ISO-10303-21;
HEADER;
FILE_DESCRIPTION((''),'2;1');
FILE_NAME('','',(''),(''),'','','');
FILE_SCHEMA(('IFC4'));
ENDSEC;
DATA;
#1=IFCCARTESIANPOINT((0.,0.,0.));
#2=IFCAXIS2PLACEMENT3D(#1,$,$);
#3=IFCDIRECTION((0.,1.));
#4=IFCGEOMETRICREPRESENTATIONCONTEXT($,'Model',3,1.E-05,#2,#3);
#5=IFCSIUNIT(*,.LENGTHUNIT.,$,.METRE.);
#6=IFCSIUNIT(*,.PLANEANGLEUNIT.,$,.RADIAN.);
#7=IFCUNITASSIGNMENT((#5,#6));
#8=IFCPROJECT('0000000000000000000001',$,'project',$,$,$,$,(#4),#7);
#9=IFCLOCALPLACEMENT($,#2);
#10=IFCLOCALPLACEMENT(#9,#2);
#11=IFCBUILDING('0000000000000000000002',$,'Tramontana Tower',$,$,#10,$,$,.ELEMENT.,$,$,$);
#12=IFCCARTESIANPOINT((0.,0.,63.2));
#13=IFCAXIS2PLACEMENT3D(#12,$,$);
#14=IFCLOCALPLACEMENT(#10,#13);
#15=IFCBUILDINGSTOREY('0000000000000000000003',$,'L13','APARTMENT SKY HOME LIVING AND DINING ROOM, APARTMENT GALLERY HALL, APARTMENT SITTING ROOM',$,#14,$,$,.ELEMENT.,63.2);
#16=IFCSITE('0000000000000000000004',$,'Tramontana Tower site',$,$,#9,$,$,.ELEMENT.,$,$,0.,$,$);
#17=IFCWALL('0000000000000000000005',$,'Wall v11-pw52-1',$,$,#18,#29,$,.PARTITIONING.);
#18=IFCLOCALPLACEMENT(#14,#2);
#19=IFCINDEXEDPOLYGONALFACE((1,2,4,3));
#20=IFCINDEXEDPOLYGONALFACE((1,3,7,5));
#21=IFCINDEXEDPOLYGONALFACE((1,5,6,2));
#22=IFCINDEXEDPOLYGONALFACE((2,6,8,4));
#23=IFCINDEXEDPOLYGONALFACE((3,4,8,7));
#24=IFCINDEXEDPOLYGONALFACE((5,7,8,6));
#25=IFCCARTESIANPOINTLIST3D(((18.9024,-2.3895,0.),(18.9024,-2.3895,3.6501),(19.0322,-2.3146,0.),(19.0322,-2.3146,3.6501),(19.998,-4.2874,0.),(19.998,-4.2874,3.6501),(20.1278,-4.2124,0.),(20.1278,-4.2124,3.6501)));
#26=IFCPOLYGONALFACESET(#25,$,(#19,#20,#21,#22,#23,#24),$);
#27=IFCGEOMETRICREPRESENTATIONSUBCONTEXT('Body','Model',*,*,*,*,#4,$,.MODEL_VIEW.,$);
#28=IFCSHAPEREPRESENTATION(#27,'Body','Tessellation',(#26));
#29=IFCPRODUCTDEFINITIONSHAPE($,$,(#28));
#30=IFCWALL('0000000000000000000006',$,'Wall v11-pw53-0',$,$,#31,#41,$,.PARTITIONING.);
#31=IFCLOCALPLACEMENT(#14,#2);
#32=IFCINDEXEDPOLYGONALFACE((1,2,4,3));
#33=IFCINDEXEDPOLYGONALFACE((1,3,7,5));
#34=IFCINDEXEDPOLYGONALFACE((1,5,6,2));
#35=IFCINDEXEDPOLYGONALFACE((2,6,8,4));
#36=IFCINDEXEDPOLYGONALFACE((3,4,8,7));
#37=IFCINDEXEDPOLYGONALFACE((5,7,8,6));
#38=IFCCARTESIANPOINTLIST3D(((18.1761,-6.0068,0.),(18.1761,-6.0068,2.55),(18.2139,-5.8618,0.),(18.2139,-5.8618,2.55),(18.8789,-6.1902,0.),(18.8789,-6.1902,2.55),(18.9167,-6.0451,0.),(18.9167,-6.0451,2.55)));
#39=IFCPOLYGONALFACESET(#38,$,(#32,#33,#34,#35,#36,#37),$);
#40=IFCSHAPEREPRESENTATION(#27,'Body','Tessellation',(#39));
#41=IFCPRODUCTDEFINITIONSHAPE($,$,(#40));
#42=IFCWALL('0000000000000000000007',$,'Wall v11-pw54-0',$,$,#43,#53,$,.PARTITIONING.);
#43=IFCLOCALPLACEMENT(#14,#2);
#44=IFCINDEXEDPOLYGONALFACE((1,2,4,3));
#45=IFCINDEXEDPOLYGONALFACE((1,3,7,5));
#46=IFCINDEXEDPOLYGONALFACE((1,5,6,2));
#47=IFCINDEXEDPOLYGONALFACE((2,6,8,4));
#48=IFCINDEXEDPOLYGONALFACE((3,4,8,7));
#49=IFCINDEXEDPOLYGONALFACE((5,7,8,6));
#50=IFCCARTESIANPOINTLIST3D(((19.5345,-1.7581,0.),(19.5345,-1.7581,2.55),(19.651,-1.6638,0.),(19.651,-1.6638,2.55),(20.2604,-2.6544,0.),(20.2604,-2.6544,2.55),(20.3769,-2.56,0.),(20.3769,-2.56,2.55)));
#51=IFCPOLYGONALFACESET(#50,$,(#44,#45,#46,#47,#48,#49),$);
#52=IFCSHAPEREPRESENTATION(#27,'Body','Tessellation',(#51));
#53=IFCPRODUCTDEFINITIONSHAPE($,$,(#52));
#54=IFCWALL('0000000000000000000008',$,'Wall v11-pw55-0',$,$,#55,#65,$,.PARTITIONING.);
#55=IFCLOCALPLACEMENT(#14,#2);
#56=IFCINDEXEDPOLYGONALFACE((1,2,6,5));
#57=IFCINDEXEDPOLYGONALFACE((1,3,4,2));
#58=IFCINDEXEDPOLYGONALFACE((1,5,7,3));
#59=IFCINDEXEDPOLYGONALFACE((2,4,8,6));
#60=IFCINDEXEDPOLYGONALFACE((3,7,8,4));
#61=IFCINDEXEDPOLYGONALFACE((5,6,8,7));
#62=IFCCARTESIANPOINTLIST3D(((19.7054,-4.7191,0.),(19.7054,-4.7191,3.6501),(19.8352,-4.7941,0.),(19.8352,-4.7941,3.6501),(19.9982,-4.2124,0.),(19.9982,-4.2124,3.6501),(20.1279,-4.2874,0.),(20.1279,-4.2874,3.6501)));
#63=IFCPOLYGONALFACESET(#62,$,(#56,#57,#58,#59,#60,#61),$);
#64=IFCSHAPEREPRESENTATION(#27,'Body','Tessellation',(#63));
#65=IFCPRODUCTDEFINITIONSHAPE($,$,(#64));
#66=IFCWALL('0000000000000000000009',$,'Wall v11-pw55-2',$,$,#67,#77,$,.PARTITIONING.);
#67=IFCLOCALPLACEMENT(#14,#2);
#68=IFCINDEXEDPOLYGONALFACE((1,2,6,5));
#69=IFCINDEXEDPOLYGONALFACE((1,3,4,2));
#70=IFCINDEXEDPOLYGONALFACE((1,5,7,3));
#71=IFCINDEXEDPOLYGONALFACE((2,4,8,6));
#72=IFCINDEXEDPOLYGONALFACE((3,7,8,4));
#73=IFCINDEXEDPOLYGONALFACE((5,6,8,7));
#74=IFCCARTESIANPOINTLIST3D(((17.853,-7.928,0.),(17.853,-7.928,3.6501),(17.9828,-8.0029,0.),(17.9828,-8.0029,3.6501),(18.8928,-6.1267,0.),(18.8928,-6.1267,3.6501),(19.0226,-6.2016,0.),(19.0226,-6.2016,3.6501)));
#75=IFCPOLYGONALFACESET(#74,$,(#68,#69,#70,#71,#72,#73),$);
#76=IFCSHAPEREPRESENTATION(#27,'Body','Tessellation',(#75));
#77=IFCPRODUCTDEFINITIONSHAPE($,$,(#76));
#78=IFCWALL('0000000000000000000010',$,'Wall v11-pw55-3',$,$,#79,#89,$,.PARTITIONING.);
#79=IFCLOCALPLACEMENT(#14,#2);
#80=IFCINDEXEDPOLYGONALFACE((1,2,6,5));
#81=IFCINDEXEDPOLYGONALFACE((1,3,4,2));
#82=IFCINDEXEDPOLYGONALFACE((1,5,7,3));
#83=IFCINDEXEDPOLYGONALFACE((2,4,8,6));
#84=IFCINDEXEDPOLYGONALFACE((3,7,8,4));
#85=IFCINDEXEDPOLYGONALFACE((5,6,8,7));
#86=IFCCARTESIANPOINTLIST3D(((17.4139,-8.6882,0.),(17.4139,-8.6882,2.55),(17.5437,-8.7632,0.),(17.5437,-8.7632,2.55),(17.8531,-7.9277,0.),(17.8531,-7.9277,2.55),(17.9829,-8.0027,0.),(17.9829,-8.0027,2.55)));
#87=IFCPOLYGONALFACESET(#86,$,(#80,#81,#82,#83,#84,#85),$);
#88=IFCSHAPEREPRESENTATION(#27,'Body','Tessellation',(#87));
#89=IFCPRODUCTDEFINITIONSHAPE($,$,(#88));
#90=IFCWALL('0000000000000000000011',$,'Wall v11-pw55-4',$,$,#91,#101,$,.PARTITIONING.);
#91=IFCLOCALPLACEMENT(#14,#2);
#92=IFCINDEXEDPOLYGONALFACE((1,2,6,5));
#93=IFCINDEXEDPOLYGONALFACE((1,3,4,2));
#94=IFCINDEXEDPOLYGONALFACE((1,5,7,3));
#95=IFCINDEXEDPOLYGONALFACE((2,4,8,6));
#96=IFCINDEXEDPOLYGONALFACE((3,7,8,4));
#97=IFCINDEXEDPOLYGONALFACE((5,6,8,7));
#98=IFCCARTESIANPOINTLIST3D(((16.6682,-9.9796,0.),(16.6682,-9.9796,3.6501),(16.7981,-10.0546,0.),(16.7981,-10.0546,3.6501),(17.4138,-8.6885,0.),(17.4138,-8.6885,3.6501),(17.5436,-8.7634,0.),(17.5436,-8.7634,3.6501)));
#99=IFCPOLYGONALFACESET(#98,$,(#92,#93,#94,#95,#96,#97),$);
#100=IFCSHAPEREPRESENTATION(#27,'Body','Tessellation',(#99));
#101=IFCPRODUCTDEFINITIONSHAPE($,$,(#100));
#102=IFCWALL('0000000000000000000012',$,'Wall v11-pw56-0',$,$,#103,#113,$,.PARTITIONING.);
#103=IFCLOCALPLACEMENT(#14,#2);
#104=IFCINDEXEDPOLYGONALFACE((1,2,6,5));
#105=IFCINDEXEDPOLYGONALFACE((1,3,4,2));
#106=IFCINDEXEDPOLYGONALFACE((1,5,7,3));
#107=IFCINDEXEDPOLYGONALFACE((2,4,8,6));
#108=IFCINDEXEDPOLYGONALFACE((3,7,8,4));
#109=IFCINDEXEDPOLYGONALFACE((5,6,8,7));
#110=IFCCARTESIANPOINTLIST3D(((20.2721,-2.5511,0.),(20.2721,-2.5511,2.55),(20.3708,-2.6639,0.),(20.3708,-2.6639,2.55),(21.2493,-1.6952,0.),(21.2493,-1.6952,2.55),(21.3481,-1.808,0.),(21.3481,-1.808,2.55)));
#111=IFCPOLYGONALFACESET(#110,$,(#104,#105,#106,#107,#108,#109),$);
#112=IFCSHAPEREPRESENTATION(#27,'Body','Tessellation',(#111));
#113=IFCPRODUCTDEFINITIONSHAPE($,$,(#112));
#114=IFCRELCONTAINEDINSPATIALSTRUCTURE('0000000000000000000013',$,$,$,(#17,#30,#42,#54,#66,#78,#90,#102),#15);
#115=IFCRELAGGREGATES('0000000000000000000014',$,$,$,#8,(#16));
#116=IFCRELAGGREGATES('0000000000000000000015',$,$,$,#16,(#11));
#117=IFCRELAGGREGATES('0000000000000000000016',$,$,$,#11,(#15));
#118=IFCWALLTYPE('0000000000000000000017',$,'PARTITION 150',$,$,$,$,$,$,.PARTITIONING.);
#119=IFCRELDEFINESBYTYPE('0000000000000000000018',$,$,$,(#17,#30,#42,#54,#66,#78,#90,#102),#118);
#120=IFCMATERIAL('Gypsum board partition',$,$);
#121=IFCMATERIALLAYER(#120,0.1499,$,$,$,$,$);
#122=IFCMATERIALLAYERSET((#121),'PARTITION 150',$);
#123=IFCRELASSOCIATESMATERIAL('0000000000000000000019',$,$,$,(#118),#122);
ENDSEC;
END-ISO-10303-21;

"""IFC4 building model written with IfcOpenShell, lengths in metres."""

from ifc_helpers import new_model, si_unit, direction, frame, frame_2d, origin, place, context, subcontext, project, spatial, rectangle, extrude, material, layer, layer_set, type_object, element, save


model = new_model("IFC4")

# Units and contexts
model_context = context("Model", 3, precision=1e-05, world=origin(), true_north=direction((0.0, 1.0)))
body_context = subcontext(model_context, "Body", "Model", "MODEL_VIEW")
ifc_project = project(units=[si_unit("LENGTHUNIT", "METRE"), si_unit("PLANEANGLEUNIT", "RADIAN")], contexts=[model_context])

# Site, building, storey
site_placement = place(None, origin())
site = spatial("IfcSite", under=ifc_project, at=site_placement, Name="Tramontana Tower site", CompositionType="ELEMENT", RefElevation=0.0)
building_placement = place(site_placement, origin())
building = spatial("IfcBuilding", under=site, at=building_placement, Name="Tramontana Tower", CompositionType="ELEMENT")
storey_placement = place(building_placement, frame((0.0, 0.0, 63.2)))
storey = spatial("IfcBuildingStorey", under=building, at=storey_placement, Name="L13", Description="APARTMENT SKY HOME LIVING AND DINING ROOM, APARTMENT GALLERY HALL, APARTMENT SITTING ROOM", CompositionType="ELEMENT", Elevation=63.2)

# Shared definitions
ifc_material_1 = material(Name="Gypsum board partition")
ifc_layer_1 = layer(ifc_material_1, 0.1499)
ifc_layer_set_1 = layer_set([ifc_layer_1], Name="PARTITION 150")
wall_type_1 = type_object("IfcWallType", Name="PARTITION 150", PredefinedType="PARTITIONING", material=ifc_layer_set_1)

# Walls
wall_1_placement = place(storey_placement, frame((18.9673, -2.3521, 0.0), z_axis=(0.0, 0.0, 1.0), x_axis=(0.499973, -0.866041, 0.0)))
element("IfcWall", 1, at=wall_1_placement, inside=storey, type_object=wall_type_1, Name="Wall v11-pw52-1", PredefinedType="PARTITIONING", context=body_context, shape_type="SweptSolid", body=[
    extrude(rectangle(XDim=2.1914, YDim=0.1499, at=frame_2d((1.0957, 0.0))), origin(), (0.0, 0.0, 1.0), 3.6501),
])
wall_2_placement = place(storey_placement, frame((18.8979, -6.1177, 0.0), z_axis=(0.0, 0.0, 1.0), x_axis=(-0.967621, 0.252408, 0.0)))
element("IfcWall", 2, at=wall_2_placement, inside=storey, type_object=wall_type_1, Name="Wall v11-pw53-0", PredefinedType="PARTITIONING", context=body_context, shape_type="SweptSolid", body=[
    extrude(rectangle(XDim=0.7263, YDim=0.1499, at=frame_2d((0.3633, 0.0))), origin(), (0.0, 0.0, 1.0), 2.55),
])

# Walls
wall_3_placement = place(storey_placement, frame((19.5928, -1.7109, 0.0), z_axis=(0.0, 0.0, 1.0), x_axis=(0.629357, -0.777117, 0.0)))
element("IfcWall", 3, at=wall_3_placement, inside=storey, type_object=wall_type_1, Name="Wall v11-pw54-0", PredefinedType="PARTITIONING", context=body_context, shape_type="SweptSolid", body=[
    extrude(rectangle(XDim=1.1533, YDim=0.1499, at=frame_2d((0.5767, 0.0))), origin(), (0.0, 0.0, 1.0), 2.55),
])
wall_4_placement = place(storey_placement, frame((20.063, -4.25, 0.0), z_axis=(0.0, 0.0, 1.0), x_axis=(-0.500312, -0.865845, 0.0)))
element("IfcWall", 4, at=wall_4_placement, inside=storey, type_object=wall_type_1, Name="Wall v11-pw55-0", PredefinedType="PARTITIONING", context=body_context, shape_type="SweptSolid", body=[
    extrude(rectangle(XDim=0.5852, YDim=0.1499, at=frame_2d((0.2925, 0.0))), origin(), (0.0, 0.0, 1.0), 3.6501),
])

# Walls
wall_5_placement = place(storey_placement, frame((18.9578, -6.1641, 0.0), z_axis=(0.0, 0.0, 1.0), x_axis=(-0.499939, -0.86606, 0.0)))
element("IfcWall", 5, at=wall_5_placement, inside=storey, type_object=wall_type_1, Name="Wall v11-pw55-2", PredefinedType="PARTITIONING", context=body_context, shape_type="SweptSolid", body=[
    extrude(rectangle(XDim=2.0798, YDim=0.1499, at=frame_2d((1.04, 0.0))), origin(), (0.0, 0.0, 1.0), 3.6501),
])
wall_6_placement = place(storey_placement, frame((17.918, -7.9653, 0.0), z_axis=(0.0, 0.0, 1.0), x_axis=(-0.500115, -0.865959, 0.0)))
element("IfcWall", 6, at=wall_6_placement, inside=storey, type_object=wall_type_1, Name="Wall v11-pw55-3", PredefinedType="PARTITIONING", context=body_context, shape_type="SweptSolid", body=[
    extrude(rectangle(XDim=0.8782, YDim=0.1499, at=frame_2d((0.439, 0.0))), origin(), (0.0, 0.0, 1.0), 2.55),
])
wall_7_placement = place(storey_placement, frame((17.4788, -8.7258, 0.0), z_axis=(0.0, 0.0, 1.0), x_axis=(-0.500048, -0.865997, 0.0)))
element("IfcWall", 7, at=wall_7_placement, inside=storey, type_object=wall_type_1, Name="Wall v11-pw55-4", PredefinedType="PARTITIONING", context=body_context, shape_type="SweptSolid", body=[
    extrude(rectangle(XDim=1.491, YDim=0.1499, at=frame_2d((0.7456, 0.0))), origin(), (0.0, 0.0, 1.0), 3.6501),
])
wall_8_placement = place(storey_placement, frame((20.3215, -2.6074, 0.0), z_axis=(0.0, 0.0, 1.0), x_axis=(0.752262, 0.658864, 0.0)))
element("IfcWall", 8, at=wall_8_placement, inside=storey, type_object=wall_type_1, Name="Wall v11-pw56-0", PredefinedType="PARTITIONING", context=body_context, shape_type="SweptSolid", body=[
    extrude(rectangle(XDim=1.2991, YDim=0.1499, at=frame_2d((0.6494, 0.0))), origin(), (0.0, 0.0, 1.0), 2.55),
])

save(model, "model.ifc")
